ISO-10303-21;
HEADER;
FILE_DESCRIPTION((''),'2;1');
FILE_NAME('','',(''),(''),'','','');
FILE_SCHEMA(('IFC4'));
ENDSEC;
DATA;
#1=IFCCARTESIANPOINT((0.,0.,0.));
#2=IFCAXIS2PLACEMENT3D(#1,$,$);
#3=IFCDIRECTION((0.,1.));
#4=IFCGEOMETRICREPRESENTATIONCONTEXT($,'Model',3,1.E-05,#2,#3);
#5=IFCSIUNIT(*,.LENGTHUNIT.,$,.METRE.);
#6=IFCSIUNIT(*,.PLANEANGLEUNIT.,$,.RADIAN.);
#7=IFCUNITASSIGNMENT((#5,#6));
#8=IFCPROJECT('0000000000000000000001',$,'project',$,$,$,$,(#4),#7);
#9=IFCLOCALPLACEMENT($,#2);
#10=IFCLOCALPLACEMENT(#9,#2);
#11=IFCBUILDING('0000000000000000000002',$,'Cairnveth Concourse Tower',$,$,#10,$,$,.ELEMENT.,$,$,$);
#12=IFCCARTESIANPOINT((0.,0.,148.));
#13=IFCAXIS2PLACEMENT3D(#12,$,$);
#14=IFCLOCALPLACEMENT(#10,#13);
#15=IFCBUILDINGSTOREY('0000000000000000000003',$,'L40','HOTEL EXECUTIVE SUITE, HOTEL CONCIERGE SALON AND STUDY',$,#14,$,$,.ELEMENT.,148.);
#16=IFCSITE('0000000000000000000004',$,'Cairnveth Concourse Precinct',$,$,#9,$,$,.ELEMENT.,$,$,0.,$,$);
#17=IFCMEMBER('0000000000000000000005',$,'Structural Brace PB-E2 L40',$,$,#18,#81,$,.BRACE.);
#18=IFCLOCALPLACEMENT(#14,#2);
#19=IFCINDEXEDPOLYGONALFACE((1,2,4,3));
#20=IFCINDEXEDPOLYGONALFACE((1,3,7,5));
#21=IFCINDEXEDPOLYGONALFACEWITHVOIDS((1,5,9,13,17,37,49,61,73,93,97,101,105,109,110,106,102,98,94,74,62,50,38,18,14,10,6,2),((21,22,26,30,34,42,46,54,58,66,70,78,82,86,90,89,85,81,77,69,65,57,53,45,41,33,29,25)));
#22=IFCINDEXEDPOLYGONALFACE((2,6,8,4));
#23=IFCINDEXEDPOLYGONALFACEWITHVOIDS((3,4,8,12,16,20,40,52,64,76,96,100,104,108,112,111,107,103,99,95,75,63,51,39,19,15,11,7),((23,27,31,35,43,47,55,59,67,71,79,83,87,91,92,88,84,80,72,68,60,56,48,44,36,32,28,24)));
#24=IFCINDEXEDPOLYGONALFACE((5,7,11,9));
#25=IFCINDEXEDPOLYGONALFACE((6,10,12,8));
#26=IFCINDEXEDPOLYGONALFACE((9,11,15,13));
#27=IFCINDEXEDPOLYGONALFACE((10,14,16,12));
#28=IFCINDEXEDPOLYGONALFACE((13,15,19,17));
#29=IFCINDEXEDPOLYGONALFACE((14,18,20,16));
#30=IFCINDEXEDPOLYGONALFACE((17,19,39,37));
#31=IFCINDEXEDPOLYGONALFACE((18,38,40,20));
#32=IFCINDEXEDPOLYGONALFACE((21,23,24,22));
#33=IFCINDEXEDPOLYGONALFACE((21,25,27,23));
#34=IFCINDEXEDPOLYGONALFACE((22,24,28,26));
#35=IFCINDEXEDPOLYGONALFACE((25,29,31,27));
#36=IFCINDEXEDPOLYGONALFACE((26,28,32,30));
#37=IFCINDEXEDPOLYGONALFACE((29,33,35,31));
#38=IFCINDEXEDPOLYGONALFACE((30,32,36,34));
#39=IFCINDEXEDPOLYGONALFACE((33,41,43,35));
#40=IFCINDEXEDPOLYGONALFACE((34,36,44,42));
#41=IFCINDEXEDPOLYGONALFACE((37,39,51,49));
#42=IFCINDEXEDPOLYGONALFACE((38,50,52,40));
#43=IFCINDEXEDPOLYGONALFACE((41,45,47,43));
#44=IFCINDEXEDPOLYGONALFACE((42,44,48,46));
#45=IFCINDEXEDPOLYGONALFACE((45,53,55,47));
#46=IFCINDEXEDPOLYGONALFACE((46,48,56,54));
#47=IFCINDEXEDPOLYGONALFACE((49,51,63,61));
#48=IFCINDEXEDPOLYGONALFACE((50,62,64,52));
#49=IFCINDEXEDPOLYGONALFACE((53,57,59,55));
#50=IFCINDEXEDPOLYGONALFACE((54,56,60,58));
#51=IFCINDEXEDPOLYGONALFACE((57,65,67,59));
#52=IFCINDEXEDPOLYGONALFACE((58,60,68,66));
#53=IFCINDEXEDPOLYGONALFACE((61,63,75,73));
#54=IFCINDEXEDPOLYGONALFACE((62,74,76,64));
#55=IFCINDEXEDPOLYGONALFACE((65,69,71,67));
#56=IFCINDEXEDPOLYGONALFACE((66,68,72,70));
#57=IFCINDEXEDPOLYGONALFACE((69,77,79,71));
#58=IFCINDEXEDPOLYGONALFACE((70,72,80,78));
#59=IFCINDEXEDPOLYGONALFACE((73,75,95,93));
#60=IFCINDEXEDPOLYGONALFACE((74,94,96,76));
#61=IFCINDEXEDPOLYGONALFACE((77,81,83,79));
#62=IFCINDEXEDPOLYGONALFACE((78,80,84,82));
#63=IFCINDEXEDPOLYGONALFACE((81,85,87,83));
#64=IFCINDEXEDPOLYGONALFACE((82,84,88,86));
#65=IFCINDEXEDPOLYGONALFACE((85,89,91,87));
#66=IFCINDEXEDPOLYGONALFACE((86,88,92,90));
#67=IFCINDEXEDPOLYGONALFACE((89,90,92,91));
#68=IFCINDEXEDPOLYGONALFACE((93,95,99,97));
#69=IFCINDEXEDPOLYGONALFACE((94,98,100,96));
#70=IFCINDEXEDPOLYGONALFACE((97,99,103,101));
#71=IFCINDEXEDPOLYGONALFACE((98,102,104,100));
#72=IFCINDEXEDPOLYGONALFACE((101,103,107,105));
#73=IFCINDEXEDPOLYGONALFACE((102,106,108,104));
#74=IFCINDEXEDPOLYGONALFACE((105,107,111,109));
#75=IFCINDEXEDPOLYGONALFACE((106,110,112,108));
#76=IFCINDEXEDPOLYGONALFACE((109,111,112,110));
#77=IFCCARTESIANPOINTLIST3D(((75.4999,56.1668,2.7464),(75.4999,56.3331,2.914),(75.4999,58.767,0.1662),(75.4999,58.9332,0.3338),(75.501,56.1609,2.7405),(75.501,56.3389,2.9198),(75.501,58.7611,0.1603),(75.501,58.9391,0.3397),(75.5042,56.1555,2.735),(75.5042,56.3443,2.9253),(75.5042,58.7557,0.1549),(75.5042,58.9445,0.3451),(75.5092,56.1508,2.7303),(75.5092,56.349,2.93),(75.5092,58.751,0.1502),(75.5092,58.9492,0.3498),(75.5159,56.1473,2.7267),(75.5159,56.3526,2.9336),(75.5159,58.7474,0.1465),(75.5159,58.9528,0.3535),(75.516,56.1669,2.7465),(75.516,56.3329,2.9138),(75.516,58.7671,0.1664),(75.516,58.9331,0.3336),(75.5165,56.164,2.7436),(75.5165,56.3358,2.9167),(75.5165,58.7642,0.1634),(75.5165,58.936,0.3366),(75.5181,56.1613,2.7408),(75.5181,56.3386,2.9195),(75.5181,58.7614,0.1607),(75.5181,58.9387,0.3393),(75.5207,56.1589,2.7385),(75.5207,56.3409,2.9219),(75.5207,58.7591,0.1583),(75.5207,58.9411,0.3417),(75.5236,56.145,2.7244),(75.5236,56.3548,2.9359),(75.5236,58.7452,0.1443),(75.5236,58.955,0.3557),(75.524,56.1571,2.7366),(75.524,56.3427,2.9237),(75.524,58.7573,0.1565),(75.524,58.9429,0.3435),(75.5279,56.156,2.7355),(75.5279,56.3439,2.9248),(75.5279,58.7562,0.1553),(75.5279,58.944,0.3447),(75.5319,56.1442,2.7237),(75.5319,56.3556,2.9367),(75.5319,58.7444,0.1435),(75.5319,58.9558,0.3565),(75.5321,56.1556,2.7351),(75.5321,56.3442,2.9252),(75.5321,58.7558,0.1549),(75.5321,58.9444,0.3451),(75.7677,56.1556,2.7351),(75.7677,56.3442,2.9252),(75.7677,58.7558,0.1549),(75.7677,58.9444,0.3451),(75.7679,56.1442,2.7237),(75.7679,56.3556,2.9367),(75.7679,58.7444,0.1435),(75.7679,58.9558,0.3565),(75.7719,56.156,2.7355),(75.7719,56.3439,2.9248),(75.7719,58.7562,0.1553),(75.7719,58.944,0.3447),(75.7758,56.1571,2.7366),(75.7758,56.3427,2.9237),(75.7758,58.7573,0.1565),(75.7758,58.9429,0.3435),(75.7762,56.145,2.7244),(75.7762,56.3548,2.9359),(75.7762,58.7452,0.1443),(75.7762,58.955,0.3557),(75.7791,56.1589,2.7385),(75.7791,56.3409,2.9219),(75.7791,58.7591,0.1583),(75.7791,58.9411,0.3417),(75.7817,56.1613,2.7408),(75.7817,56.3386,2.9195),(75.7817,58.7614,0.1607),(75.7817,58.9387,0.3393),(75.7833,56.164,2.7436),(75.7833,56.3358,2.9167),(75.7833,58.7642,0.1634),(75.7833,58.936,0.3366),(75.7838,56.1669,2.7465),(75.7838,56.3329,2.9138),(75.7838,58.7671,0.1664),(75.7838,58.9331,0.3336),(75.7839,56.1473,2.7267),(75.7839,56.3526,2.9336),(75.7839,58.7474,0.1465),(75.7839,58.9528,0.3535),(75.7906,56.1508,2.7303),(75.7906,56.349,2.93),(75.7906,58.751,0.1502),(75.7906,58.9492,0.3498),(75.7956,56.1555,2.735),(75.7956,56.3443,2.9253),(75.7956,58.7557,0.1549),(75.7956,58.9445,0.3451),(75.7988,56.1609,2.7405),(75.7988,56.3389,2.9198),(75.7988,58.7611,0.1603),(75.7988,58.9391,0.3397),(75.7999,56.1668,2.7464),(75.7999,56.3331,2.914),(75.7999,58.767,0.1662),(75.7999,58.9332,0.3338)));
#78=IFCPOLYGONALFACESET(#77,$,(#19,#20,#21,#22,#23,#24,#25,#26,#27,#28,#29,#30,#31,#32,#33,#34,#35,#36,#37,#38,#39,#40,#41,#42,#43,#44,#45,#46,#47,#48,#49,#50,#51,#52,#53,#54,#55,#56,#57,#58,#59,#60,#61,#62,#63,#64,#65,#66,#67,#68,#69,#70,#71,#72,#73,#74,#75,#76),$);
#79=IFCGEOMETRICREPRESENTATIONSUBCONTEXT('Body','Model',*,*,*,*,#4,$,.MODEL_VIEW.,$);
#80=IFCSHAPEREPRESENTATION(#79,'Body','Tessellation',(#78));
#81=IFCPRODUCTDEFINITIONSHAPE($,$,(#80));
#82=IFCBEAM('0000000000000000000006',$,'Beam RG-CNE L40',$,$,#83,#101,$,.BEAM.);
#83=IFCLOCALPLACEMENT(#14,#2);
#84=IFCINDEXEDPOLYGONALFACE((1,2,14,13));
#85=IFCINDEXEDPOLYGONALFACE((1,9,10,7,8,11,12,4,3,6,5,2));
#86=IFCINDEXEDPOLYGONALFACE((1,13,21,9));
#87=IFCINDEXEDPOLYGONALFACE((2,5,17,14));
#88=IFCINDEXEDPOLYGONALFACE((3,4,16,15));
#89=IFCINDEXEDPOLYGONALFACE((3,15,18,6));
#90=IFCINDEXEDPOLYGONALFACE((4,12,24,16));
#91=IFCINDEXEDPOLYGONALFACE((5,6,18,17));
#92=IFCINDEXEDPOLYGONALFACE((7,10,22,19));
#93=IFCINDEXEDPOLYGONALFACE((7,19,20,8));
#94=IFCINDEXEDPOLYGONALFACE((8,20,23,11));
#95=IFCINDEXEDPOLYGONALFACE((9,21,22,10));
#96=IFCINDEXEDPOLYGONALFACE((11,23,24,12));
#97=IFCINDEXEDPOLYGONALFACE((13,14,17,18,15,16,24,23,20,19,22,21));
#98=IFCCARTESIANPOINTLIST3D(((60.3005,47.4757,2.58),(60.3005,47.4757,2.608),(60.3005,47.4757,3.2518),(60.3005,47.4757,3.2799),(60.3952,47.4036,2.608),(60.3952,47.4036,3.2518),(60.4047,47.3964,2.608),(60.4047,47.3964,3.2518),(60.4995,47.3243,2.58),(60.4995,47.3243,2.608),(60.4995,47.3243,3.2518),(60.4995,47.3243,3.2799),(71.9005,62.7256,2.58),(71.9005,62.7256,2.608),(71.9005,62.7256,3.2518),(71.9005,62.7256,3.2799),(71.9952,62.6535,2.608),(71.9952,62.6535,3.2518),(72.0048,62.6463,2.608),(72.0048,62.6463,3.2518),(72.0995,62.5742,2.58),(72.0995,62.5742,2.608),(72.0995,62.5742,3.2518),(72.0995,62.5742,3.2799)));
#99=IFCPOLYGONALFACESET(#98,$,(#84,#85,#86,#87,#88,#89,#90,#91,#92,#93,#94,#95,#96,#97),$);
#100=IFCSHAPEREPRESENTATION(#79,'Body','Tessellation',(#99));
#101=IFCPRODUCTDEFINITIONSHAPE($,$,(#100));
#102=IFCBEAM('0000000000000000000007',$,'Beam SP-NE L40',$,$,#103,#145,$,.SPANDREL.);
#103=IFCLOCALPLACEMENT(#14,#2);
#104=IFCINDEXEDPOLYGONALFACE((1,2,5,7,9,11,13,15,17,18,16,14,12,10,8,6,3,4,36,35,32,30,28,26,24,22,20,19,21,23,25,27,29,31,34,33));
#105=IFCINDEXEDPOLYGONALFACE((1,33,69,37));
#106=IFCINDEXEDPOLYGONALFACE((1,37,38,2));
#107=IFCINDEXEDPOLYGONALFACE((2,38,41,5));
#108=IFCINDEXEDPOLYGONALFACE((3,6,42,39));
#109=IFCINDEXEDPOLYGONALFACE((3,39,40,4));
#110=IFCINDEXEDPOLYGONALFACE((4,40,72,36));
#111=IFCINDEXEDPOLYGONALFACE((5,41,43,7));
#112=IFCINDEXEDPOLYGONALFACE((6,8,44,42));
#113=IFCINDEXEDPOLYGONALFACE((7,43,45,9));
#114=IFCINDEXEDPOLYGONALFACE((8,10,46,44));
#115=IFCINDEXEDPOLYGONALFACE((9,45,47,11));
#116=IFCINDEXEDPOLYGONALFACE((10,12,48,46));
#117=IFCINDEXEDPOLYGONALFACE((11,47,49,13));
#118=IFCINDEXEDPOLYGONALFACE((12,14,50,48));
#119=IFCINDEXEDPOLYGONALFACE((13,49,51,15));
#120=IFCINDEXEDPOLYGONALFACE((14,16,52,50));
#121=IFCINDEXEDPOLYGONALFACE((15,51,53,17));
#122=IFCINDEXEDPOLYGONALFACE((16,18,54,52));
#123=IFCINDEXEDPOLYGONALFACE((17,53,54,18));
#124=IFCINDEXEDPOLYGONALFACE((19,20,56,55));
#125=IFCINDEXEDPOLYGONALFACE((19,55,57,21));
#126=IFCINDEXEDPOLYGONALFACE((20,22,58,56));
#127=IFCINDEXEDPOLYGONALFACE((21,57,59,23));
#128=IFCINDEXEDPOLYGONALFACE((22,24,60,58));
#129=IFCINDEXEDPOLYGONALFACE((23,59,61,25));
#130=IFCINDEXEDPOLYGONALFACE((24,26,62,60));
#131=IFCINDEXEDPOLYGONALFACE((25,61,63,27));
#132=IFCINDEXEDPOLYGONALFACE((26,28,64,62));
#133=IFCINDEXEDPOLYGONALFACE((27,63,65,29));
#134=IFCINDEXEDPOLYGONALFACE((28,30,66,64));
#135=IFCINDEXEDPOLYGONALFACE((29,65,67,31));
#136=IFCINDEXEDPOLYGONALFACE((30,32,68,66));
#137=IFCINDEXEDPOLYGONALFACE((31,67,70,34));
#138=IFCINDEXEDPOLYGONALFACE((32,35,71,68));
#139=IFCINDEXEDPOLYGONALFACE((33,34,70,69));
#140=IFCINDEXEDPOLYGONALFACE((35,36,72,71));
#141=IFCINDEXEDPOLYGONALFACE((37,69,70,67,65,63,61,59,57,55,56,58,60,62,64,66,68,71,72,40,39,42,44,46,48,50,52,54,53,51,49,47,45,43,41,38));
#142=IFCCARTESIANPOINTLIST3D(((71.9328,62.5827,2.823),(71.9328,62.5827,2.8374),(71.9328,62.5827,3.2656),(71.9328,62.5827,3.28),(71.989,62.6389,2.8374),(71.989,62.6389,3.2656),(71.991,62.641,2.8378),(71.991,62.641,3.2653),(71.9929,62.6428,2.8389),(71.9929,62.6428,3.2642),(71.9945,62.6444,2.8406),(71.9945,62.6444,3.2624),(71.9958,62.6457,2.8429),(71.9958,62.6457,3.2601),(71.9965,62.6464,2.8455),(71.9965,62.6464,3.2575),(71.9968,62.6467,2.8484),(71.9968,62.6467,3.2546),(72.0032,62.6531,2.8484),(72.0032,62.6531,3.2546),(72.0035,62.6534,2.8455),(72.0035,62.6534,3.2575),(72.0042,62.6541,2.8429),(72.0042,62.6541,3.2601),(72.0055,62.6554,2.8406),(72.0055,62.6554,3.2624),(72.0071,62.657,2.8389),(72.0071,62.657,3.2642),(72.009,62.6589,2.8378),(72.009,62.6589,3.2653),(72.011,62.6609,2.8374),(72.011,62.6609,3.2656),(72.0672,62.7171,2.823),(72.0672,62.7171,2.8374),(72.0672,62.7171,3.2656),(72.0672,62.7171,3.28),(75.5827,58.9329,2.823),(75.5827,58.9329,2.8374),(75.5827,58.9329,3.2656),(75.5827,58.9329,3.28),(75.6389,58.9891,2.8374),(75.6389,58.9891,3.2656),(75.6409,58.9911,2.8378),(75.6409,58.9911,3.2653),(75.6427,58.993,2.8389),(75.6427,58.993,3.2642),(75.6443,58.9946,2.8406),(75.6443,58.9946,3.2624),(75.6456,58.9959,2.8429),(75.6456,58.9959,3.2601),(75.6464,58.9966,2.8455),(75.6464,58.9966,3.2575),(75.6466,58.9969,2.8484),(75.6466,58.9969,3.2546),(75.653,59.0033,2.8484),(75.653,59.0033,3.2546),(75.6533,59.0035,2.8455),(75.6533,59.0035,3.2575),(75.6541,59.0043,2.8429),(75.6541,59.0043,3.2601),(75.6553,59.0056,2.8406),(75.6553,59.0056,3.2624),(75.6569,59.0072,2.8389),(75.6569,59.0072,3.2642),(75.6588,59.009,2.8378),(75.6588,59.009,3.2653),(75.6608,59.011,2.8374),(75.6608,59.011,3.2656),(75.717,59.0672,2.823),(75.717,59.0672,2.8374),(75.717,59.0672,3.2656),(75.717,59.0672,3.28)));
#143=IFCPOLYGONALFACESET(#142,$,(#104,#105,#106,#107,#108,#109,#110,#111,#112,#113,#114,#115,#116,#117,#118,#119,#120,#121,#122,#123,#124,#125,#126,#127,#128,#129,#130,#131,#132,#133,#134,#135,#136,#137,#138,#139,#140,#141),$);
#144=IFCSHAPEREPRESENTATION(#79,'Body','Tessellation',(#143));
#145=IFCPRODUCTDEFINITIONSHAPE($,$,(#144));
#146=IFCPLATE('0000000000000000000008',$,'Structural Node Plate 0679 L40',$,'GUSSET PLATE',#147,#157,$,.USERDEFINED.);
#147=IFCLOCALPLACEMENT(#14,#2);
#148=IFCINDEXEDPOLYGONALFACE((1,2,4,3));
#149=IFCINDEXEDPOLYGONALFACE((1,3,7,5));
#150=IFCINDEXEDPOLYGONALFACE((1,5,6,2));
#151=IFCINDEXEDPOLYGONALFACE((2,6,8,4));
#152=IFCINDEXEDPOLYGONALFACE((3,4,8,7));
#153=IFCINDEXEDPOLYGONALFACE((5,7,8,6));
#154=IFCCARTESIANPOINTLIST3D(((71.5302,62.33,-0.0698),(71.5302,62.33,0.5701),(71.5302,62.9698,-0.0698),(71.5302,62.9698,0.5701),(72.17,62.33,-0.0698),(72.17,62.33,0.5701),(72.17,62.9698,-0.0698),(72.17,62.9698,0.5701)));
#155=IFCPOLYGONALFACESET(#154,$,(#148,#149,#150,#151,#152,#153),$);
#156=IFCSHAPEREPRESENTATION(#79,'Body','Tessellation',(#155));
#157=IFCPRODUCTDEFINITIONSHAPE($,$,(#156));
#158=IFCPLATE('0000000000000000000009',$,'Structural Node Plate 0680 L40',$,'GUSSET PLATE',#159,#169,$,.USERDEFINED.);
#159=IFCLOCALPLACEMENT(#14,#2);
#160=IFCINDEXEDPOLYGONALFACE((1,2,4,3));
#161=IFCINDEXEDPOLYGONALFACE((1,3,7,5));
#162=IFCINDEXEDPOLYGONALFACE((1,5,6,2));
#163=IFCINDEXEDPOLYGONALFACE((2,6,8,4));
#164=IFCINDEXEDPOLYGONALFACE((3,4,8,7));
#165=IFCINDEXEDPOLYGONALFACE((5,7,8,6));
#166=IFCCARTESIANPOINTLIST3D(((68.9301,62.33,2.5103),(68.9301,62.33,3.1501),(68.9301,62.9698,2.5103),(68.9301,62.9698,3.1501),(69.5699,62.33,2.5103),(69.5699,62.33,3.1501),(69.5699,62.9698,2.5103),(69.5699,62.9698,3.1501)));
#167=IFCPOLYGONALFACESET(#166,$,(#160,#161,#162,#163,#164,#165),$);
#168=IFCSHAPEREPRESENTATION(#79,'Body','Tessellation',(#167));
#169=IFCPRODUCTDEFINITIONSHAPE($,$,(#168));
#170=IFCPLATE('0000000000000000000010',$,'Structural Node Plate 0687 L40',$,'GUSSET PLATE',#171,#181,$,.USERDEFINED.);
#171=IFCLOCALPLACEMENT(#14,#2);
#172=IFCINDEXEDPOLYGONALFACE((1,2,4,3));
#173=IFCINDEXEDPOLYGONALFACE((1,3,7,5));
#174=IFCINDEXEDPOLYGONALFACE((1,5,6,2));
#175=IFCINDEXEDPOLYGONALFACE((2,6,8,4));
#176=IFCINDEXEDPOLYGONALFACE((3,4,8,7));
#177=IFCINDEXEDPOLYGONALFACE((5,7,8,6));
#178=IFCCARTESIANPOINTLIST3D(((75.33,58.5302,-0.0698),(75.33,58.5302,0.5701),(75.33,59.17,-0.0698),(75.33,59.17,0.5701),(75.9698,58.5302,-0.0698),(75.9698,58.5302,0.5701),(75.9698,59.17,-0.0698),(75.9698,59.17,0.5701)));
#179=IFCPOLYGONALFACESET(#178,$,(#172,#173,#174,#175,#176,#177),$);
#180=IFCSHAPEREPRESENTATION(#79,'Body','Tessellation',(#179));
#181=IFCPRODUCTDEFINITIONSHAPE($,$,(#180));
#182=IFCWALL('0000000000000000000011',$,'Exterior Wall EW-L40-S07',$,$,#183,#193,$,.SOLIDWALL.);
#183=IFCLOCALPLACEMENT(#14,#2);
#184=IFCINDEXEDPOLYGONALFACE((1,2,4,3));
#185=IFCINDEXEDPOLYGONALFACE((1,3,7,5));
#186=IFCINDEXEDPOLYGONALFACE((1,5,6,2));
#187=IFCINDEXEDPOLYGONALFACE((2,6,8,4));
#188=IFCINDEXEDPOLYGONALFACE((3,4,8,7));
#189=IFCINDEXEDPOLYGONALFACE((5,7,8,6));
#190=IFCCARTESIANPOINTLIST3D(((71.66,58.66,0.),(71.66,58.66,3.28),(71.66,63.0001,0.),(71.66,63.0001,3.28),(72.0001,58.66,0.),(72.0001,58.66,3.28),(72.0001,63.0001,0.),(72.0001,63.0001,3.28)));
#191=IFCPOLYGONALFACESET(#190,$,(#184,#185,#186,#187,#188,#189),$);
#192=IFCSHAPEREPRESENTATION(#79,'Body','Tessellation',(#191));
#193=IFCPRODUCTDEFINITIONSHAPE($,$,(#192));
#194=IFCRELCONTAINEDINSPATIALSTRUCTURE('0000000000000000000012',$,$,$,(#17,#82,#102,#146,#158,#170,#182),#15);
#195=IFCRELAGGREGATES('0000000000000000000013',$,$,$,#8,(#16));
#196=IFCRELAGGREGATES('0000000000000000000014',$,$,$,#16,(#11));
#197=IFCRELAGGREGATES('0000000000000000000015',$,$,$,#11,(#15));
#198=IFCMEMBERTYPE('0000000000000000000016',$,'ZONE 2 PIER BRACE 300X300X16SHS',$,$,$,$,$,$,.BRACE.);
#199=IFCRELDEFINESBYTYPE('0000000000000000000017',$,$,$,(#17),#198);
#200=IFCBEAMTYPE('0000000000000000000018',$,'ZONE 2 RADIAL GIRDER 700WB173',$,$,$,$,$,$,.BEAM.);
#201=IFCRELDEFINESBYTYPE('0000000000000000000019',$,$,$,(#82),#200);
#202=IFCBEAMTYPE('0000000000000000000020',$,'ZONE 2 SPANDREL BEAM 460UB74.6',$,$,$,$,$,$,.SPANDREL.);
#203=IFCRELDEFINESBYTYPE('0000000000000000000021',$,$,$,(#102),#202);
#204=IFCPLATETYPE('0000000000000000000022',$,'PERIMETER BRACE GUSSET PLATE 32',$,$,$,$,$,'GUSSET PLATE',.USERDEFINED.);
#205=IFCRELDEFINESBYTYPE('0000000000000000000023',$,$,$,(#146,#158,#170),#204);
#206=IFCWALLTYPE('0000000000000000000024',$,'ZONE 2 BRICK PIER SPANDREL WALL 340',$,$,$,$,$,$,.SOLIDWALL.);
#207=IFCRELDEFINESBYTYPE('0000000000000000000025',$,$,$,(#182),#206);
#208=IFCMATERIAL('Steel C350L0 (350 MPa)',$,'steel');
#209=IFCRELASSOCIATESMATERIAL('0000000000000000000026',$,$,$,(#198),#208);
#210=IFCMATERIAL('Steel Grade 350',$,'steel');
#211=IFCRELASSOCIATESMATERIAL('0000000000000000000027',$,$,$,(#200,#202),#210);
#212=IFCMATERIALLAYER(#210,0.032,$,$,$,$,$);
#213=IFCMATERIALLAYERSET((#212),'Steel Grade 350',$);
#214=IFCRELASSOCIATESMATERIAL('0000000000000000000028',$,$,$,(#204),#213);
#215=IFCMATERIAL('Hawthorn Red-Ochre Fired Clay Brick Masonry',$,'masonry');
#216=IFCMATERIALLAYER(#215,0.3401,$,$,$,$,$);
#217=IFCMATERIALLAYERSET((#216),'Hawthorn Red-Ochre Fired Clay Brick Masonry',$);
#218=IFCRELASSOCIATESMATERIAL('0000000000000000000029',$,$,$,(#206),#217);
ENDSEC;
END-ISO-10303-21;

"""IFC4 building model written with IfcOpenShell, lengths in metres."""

from ifc_helpers import new_model, si_unit, direction, frame, frame_2d, origin, origin_2d, place, context, subcontext, project, spatial, rectangle, hollow_rectangle, i_section, extrude, material, layer, layer_set, material_profile, profile_set, type_object, element, save


model = new_model("IFC4")

# Units and contexts
model_context = context("Model", 3, precision=1e-05, world=origin(), true_north=direction((0.0, 1.0)))
body_context = subcontext(model_context, "Body", "Model", "MODEL_VIEW")
ifc_project = project(units=[si_unit("LENGTHUNIT", "METRE"), si_unit("PLANEANGLEUNIT", "RADIAN")], contexts=[model_context])

# Site, building, storey
site_placement = place(None, origin())
site = spatial("IfcSite", under=ifc_project, at=site_placement, Name="Cairnveth Concourse Precinct", CompositionType="ELEMENT", RefElevation=0.0)
building_placement = place(site_placement, origin())
building = spatial("IfcBuilding", under=site, at=building_placement, Name="Cairnveth Concourse Tower", CompositionType="ELEMENT")
storey_placement = place(building_placement, frame((0.0, 0.0, 148.0)))
storey = spatial("IfcBuildingStorey", under=building, at=storey_placement, Name="L40", Description="HOTEL EXECUTIVE SUITE, HOTEL CONCIERGE SALON AND STUDY", CompositionType="ELEMENT", Elevation=148.0)

# Shared definitions
ifc_material_1 = material(Name="Steel Grade 350", Category="steel")

# Member
ifc_material_2 = material(Name="Steel C350L0 (350 MPa)", Category="steel")
ifc_material_profile_1 = material_profile(ifc_material_2, hollow_rectangle(XDim=0.3, YDim=0.3, WallThickness=0.0161, InnerFilletRadius=0.0161, OuterFilletRadius=0.032, at=origin_2d()), Name="300x300x16.0SHS")
ifc_profile_set_1 = profile_set([ifc_material_profile_1], Name="Steel C350L0 (350 MPa)")
member_type = type_object("IfcMemberType", Name="ZONE 2 PIER BRACE 300X300X16SHS", PredefinedType="BRACE", material=ifc_profile_set_1)
for number, where, z_axis, x_axis, name in (
    (1, (75.6499, 58.8501, 0.25), (0.0, -0.709834, 0.704369), (1.0, 0.0, 0.0), "Structural Brace PB-E2 L40"),
):
    element("IfcMember", number, at=place(storey_placement, frame(where, z_axis=z_axis, x_axis=x_axis)), inside=storey, type_object=member_type, Name=name, PredefinedType="BRACE", context=body_context, shape_type="SweptSolid", body=[
        extrude(hollow_rectangle(XDim=0.3, YDim=0.3, WallThickness=0.0161, InnerFilletRadius=0.0161, OuterFilletRadius=0.032, at=origin_2d()), origin(), (0.0, 0.0, 1.0), 3.6631),
    ])

# Beams
ifc_material_profile_2 = material_profile(ifc_material_1, i_section(OverallWidth=0.25, OverallDepth=0.7, WebThickness=0.012, FlangeThickness=0.0281, at=origin_2d()), Name="700WB173")
ifc_profile_set_2 = profile_set([ifc_material_profile_2], Name="Steel Grade 350")
beam_type_1 = type_object("IfcBeamType", Name="ZONE 2 RADIAL GIRDER 700WB173", PredefinedType="BEAM", material=ifc_profile_set_2)
beam_1_placement = place(storey_placement, frame((72.0, 62.6499, 2.9299), z_axis=(-0.605417, -0.795908, 0.0), x_axis=(0.795908, -0.605417, 0.0)))
element("IfcBeam", 2, at=beam_1_placement, inside=storey, type_object=beam_type_1, Name="Beam RG-CNE L40", PredefinedType="BEAM", context=body_context, shape_type="SweptSolid", body=[
    extrude(i_section(OverallWidth=0.25, OverallDepth=0.7, WebThickness=0.012, FlangeThickness=0.0281, at=origin_2d()), origin(), (0.0, 0.0, 1.0), 19.1604),
])
ifc_material_profile_3 = material_profile(ifc_material_1, i_section(OverallWidth=0.1899, OverallDepth=0.457, WebThickness=0.009, FlangeThickness=0.0144, FilletRadius=0.011, at=origin_2d()), Name="460UB74.6")
ifc_profile_set_3 = profile_set([ifc_material_profile_3], Name="Steel Grade 350")
beam_type_2 = type_object("IfcBeamType", Name="ZONE 2 SPANDREL BEAM 460UB74.6", PredefinedType="SPANDREL", material=ifc_profile_set_3)
beam_2_placement = place(storey_placement, frame((72.0, 62.6499, 3.0515), z_axis=(0.707107, -0.707107, 0.0), x_axis=(0.707107, 0.707107, 0.0)))
element("IfcBeam", 3, at=beam_2_placement, inside=storey, type_object=beam_type_2, Name="Beam SP-NE L40", PredefinedType="SPANDREL", context=body_context, shape_type="SweptSolid", body=[
    extrude(i_section(OverallWidth=0.1899, OverallDepth=0.457, WebThickness=0.009, FlangeThickness=0.0144, FilletRadius=0.011, at=origin_2d()), origin(), (0.0, 0.0, 1.0), 5.1616),
])

# Plates
ifc_layer_1 = layer(ifc_material_1, 0.032)
ifc_layer_set_1 = layer_set([ifc_layer_1], Name="Steel Grade 350")
plate_type = type_object("IfcPlateType", Name="PERIMETER BRACE GUSSET PLATE 32", ElementType="GUSSET PLATE", PredefinedType="USERDEFINED", material=ifc_layer_set_1)
for number, where, z_axis, x_axis, name in (
    (4, (71.8501, 62.6499, -0.0698), (0.0, 0.0, 1.0), (1.0, 0.0, 0.0), "Structural Node Plate 0679 L40"),
    (5, (69.25, 62.6499, 2.5103), (0.0, 0.0, 1.0), (1.0, 0.0, 0.0), "Structural Node Plate 0680 L40"),
    (6, (75.6499, 58.8501, -0.0698), (0.0, 0.0, 1.0), (1.0, 0.0, 0.0), "Structural Node Plate 0687 L40"),
):
    element("IfcPlate", number, at=place(storey_placement, frame(where, z_axis=z_axis, x_axis=x_axis)), inside=storey, type_object=plate_type, Name=name, ObjectType="GUSSET PLATE", PredefinedType="USERDEFINED", context=body_context, shape_type="SweptSolid", body=[
        extrude(rectangle(XDim=0.6399, YDim=0.6399, at=origin_2d()), origin(), (0.0, 0.0, 1.0), 0.6399),
    ])

# Wall
ifc_material_3 = material(Name="Hawthorn Red-Ochre Fired Clay Brick Masonry", Category="masonry")
ifc_layer_2 = layer(ifc_material_3, 0.3401)
ifc_layer_set_2 = layer_set([ifc_layer_2], Name="Hawthorn Red-Ochre Fired Clay Brick Masonry")
wall_type = type_object("IfcWallType", Name="ZONE 2 BRICK PIER SPANDREL WALL 340", PredefinedType="SOLIDWALL", material=ifc_layer_set_2)
wall_1_placement = place(storey_placement, frame((71.8301, 63.0, 0.0), z_axis=(0.0, 0.0, 1.0), x_axis=(0.0, -1.0, 0.0)))
element("IfcWall", 7, at=wall_1_placement, inside=storey, type_object=wall_type, Name="Exterior Wall EW-L40-S07", PredefinedType="SOLIDWALL", context=body_context, shape_type="SweptSolid", body=[
    extrude(rectangle(XDim=4.3401, YDim=0.3401, at=frame_2d((2.1699, 0.0))), origin(), (0.0, 0.0, 1.0), 3.28),
])

save(model, "model.ifc")
